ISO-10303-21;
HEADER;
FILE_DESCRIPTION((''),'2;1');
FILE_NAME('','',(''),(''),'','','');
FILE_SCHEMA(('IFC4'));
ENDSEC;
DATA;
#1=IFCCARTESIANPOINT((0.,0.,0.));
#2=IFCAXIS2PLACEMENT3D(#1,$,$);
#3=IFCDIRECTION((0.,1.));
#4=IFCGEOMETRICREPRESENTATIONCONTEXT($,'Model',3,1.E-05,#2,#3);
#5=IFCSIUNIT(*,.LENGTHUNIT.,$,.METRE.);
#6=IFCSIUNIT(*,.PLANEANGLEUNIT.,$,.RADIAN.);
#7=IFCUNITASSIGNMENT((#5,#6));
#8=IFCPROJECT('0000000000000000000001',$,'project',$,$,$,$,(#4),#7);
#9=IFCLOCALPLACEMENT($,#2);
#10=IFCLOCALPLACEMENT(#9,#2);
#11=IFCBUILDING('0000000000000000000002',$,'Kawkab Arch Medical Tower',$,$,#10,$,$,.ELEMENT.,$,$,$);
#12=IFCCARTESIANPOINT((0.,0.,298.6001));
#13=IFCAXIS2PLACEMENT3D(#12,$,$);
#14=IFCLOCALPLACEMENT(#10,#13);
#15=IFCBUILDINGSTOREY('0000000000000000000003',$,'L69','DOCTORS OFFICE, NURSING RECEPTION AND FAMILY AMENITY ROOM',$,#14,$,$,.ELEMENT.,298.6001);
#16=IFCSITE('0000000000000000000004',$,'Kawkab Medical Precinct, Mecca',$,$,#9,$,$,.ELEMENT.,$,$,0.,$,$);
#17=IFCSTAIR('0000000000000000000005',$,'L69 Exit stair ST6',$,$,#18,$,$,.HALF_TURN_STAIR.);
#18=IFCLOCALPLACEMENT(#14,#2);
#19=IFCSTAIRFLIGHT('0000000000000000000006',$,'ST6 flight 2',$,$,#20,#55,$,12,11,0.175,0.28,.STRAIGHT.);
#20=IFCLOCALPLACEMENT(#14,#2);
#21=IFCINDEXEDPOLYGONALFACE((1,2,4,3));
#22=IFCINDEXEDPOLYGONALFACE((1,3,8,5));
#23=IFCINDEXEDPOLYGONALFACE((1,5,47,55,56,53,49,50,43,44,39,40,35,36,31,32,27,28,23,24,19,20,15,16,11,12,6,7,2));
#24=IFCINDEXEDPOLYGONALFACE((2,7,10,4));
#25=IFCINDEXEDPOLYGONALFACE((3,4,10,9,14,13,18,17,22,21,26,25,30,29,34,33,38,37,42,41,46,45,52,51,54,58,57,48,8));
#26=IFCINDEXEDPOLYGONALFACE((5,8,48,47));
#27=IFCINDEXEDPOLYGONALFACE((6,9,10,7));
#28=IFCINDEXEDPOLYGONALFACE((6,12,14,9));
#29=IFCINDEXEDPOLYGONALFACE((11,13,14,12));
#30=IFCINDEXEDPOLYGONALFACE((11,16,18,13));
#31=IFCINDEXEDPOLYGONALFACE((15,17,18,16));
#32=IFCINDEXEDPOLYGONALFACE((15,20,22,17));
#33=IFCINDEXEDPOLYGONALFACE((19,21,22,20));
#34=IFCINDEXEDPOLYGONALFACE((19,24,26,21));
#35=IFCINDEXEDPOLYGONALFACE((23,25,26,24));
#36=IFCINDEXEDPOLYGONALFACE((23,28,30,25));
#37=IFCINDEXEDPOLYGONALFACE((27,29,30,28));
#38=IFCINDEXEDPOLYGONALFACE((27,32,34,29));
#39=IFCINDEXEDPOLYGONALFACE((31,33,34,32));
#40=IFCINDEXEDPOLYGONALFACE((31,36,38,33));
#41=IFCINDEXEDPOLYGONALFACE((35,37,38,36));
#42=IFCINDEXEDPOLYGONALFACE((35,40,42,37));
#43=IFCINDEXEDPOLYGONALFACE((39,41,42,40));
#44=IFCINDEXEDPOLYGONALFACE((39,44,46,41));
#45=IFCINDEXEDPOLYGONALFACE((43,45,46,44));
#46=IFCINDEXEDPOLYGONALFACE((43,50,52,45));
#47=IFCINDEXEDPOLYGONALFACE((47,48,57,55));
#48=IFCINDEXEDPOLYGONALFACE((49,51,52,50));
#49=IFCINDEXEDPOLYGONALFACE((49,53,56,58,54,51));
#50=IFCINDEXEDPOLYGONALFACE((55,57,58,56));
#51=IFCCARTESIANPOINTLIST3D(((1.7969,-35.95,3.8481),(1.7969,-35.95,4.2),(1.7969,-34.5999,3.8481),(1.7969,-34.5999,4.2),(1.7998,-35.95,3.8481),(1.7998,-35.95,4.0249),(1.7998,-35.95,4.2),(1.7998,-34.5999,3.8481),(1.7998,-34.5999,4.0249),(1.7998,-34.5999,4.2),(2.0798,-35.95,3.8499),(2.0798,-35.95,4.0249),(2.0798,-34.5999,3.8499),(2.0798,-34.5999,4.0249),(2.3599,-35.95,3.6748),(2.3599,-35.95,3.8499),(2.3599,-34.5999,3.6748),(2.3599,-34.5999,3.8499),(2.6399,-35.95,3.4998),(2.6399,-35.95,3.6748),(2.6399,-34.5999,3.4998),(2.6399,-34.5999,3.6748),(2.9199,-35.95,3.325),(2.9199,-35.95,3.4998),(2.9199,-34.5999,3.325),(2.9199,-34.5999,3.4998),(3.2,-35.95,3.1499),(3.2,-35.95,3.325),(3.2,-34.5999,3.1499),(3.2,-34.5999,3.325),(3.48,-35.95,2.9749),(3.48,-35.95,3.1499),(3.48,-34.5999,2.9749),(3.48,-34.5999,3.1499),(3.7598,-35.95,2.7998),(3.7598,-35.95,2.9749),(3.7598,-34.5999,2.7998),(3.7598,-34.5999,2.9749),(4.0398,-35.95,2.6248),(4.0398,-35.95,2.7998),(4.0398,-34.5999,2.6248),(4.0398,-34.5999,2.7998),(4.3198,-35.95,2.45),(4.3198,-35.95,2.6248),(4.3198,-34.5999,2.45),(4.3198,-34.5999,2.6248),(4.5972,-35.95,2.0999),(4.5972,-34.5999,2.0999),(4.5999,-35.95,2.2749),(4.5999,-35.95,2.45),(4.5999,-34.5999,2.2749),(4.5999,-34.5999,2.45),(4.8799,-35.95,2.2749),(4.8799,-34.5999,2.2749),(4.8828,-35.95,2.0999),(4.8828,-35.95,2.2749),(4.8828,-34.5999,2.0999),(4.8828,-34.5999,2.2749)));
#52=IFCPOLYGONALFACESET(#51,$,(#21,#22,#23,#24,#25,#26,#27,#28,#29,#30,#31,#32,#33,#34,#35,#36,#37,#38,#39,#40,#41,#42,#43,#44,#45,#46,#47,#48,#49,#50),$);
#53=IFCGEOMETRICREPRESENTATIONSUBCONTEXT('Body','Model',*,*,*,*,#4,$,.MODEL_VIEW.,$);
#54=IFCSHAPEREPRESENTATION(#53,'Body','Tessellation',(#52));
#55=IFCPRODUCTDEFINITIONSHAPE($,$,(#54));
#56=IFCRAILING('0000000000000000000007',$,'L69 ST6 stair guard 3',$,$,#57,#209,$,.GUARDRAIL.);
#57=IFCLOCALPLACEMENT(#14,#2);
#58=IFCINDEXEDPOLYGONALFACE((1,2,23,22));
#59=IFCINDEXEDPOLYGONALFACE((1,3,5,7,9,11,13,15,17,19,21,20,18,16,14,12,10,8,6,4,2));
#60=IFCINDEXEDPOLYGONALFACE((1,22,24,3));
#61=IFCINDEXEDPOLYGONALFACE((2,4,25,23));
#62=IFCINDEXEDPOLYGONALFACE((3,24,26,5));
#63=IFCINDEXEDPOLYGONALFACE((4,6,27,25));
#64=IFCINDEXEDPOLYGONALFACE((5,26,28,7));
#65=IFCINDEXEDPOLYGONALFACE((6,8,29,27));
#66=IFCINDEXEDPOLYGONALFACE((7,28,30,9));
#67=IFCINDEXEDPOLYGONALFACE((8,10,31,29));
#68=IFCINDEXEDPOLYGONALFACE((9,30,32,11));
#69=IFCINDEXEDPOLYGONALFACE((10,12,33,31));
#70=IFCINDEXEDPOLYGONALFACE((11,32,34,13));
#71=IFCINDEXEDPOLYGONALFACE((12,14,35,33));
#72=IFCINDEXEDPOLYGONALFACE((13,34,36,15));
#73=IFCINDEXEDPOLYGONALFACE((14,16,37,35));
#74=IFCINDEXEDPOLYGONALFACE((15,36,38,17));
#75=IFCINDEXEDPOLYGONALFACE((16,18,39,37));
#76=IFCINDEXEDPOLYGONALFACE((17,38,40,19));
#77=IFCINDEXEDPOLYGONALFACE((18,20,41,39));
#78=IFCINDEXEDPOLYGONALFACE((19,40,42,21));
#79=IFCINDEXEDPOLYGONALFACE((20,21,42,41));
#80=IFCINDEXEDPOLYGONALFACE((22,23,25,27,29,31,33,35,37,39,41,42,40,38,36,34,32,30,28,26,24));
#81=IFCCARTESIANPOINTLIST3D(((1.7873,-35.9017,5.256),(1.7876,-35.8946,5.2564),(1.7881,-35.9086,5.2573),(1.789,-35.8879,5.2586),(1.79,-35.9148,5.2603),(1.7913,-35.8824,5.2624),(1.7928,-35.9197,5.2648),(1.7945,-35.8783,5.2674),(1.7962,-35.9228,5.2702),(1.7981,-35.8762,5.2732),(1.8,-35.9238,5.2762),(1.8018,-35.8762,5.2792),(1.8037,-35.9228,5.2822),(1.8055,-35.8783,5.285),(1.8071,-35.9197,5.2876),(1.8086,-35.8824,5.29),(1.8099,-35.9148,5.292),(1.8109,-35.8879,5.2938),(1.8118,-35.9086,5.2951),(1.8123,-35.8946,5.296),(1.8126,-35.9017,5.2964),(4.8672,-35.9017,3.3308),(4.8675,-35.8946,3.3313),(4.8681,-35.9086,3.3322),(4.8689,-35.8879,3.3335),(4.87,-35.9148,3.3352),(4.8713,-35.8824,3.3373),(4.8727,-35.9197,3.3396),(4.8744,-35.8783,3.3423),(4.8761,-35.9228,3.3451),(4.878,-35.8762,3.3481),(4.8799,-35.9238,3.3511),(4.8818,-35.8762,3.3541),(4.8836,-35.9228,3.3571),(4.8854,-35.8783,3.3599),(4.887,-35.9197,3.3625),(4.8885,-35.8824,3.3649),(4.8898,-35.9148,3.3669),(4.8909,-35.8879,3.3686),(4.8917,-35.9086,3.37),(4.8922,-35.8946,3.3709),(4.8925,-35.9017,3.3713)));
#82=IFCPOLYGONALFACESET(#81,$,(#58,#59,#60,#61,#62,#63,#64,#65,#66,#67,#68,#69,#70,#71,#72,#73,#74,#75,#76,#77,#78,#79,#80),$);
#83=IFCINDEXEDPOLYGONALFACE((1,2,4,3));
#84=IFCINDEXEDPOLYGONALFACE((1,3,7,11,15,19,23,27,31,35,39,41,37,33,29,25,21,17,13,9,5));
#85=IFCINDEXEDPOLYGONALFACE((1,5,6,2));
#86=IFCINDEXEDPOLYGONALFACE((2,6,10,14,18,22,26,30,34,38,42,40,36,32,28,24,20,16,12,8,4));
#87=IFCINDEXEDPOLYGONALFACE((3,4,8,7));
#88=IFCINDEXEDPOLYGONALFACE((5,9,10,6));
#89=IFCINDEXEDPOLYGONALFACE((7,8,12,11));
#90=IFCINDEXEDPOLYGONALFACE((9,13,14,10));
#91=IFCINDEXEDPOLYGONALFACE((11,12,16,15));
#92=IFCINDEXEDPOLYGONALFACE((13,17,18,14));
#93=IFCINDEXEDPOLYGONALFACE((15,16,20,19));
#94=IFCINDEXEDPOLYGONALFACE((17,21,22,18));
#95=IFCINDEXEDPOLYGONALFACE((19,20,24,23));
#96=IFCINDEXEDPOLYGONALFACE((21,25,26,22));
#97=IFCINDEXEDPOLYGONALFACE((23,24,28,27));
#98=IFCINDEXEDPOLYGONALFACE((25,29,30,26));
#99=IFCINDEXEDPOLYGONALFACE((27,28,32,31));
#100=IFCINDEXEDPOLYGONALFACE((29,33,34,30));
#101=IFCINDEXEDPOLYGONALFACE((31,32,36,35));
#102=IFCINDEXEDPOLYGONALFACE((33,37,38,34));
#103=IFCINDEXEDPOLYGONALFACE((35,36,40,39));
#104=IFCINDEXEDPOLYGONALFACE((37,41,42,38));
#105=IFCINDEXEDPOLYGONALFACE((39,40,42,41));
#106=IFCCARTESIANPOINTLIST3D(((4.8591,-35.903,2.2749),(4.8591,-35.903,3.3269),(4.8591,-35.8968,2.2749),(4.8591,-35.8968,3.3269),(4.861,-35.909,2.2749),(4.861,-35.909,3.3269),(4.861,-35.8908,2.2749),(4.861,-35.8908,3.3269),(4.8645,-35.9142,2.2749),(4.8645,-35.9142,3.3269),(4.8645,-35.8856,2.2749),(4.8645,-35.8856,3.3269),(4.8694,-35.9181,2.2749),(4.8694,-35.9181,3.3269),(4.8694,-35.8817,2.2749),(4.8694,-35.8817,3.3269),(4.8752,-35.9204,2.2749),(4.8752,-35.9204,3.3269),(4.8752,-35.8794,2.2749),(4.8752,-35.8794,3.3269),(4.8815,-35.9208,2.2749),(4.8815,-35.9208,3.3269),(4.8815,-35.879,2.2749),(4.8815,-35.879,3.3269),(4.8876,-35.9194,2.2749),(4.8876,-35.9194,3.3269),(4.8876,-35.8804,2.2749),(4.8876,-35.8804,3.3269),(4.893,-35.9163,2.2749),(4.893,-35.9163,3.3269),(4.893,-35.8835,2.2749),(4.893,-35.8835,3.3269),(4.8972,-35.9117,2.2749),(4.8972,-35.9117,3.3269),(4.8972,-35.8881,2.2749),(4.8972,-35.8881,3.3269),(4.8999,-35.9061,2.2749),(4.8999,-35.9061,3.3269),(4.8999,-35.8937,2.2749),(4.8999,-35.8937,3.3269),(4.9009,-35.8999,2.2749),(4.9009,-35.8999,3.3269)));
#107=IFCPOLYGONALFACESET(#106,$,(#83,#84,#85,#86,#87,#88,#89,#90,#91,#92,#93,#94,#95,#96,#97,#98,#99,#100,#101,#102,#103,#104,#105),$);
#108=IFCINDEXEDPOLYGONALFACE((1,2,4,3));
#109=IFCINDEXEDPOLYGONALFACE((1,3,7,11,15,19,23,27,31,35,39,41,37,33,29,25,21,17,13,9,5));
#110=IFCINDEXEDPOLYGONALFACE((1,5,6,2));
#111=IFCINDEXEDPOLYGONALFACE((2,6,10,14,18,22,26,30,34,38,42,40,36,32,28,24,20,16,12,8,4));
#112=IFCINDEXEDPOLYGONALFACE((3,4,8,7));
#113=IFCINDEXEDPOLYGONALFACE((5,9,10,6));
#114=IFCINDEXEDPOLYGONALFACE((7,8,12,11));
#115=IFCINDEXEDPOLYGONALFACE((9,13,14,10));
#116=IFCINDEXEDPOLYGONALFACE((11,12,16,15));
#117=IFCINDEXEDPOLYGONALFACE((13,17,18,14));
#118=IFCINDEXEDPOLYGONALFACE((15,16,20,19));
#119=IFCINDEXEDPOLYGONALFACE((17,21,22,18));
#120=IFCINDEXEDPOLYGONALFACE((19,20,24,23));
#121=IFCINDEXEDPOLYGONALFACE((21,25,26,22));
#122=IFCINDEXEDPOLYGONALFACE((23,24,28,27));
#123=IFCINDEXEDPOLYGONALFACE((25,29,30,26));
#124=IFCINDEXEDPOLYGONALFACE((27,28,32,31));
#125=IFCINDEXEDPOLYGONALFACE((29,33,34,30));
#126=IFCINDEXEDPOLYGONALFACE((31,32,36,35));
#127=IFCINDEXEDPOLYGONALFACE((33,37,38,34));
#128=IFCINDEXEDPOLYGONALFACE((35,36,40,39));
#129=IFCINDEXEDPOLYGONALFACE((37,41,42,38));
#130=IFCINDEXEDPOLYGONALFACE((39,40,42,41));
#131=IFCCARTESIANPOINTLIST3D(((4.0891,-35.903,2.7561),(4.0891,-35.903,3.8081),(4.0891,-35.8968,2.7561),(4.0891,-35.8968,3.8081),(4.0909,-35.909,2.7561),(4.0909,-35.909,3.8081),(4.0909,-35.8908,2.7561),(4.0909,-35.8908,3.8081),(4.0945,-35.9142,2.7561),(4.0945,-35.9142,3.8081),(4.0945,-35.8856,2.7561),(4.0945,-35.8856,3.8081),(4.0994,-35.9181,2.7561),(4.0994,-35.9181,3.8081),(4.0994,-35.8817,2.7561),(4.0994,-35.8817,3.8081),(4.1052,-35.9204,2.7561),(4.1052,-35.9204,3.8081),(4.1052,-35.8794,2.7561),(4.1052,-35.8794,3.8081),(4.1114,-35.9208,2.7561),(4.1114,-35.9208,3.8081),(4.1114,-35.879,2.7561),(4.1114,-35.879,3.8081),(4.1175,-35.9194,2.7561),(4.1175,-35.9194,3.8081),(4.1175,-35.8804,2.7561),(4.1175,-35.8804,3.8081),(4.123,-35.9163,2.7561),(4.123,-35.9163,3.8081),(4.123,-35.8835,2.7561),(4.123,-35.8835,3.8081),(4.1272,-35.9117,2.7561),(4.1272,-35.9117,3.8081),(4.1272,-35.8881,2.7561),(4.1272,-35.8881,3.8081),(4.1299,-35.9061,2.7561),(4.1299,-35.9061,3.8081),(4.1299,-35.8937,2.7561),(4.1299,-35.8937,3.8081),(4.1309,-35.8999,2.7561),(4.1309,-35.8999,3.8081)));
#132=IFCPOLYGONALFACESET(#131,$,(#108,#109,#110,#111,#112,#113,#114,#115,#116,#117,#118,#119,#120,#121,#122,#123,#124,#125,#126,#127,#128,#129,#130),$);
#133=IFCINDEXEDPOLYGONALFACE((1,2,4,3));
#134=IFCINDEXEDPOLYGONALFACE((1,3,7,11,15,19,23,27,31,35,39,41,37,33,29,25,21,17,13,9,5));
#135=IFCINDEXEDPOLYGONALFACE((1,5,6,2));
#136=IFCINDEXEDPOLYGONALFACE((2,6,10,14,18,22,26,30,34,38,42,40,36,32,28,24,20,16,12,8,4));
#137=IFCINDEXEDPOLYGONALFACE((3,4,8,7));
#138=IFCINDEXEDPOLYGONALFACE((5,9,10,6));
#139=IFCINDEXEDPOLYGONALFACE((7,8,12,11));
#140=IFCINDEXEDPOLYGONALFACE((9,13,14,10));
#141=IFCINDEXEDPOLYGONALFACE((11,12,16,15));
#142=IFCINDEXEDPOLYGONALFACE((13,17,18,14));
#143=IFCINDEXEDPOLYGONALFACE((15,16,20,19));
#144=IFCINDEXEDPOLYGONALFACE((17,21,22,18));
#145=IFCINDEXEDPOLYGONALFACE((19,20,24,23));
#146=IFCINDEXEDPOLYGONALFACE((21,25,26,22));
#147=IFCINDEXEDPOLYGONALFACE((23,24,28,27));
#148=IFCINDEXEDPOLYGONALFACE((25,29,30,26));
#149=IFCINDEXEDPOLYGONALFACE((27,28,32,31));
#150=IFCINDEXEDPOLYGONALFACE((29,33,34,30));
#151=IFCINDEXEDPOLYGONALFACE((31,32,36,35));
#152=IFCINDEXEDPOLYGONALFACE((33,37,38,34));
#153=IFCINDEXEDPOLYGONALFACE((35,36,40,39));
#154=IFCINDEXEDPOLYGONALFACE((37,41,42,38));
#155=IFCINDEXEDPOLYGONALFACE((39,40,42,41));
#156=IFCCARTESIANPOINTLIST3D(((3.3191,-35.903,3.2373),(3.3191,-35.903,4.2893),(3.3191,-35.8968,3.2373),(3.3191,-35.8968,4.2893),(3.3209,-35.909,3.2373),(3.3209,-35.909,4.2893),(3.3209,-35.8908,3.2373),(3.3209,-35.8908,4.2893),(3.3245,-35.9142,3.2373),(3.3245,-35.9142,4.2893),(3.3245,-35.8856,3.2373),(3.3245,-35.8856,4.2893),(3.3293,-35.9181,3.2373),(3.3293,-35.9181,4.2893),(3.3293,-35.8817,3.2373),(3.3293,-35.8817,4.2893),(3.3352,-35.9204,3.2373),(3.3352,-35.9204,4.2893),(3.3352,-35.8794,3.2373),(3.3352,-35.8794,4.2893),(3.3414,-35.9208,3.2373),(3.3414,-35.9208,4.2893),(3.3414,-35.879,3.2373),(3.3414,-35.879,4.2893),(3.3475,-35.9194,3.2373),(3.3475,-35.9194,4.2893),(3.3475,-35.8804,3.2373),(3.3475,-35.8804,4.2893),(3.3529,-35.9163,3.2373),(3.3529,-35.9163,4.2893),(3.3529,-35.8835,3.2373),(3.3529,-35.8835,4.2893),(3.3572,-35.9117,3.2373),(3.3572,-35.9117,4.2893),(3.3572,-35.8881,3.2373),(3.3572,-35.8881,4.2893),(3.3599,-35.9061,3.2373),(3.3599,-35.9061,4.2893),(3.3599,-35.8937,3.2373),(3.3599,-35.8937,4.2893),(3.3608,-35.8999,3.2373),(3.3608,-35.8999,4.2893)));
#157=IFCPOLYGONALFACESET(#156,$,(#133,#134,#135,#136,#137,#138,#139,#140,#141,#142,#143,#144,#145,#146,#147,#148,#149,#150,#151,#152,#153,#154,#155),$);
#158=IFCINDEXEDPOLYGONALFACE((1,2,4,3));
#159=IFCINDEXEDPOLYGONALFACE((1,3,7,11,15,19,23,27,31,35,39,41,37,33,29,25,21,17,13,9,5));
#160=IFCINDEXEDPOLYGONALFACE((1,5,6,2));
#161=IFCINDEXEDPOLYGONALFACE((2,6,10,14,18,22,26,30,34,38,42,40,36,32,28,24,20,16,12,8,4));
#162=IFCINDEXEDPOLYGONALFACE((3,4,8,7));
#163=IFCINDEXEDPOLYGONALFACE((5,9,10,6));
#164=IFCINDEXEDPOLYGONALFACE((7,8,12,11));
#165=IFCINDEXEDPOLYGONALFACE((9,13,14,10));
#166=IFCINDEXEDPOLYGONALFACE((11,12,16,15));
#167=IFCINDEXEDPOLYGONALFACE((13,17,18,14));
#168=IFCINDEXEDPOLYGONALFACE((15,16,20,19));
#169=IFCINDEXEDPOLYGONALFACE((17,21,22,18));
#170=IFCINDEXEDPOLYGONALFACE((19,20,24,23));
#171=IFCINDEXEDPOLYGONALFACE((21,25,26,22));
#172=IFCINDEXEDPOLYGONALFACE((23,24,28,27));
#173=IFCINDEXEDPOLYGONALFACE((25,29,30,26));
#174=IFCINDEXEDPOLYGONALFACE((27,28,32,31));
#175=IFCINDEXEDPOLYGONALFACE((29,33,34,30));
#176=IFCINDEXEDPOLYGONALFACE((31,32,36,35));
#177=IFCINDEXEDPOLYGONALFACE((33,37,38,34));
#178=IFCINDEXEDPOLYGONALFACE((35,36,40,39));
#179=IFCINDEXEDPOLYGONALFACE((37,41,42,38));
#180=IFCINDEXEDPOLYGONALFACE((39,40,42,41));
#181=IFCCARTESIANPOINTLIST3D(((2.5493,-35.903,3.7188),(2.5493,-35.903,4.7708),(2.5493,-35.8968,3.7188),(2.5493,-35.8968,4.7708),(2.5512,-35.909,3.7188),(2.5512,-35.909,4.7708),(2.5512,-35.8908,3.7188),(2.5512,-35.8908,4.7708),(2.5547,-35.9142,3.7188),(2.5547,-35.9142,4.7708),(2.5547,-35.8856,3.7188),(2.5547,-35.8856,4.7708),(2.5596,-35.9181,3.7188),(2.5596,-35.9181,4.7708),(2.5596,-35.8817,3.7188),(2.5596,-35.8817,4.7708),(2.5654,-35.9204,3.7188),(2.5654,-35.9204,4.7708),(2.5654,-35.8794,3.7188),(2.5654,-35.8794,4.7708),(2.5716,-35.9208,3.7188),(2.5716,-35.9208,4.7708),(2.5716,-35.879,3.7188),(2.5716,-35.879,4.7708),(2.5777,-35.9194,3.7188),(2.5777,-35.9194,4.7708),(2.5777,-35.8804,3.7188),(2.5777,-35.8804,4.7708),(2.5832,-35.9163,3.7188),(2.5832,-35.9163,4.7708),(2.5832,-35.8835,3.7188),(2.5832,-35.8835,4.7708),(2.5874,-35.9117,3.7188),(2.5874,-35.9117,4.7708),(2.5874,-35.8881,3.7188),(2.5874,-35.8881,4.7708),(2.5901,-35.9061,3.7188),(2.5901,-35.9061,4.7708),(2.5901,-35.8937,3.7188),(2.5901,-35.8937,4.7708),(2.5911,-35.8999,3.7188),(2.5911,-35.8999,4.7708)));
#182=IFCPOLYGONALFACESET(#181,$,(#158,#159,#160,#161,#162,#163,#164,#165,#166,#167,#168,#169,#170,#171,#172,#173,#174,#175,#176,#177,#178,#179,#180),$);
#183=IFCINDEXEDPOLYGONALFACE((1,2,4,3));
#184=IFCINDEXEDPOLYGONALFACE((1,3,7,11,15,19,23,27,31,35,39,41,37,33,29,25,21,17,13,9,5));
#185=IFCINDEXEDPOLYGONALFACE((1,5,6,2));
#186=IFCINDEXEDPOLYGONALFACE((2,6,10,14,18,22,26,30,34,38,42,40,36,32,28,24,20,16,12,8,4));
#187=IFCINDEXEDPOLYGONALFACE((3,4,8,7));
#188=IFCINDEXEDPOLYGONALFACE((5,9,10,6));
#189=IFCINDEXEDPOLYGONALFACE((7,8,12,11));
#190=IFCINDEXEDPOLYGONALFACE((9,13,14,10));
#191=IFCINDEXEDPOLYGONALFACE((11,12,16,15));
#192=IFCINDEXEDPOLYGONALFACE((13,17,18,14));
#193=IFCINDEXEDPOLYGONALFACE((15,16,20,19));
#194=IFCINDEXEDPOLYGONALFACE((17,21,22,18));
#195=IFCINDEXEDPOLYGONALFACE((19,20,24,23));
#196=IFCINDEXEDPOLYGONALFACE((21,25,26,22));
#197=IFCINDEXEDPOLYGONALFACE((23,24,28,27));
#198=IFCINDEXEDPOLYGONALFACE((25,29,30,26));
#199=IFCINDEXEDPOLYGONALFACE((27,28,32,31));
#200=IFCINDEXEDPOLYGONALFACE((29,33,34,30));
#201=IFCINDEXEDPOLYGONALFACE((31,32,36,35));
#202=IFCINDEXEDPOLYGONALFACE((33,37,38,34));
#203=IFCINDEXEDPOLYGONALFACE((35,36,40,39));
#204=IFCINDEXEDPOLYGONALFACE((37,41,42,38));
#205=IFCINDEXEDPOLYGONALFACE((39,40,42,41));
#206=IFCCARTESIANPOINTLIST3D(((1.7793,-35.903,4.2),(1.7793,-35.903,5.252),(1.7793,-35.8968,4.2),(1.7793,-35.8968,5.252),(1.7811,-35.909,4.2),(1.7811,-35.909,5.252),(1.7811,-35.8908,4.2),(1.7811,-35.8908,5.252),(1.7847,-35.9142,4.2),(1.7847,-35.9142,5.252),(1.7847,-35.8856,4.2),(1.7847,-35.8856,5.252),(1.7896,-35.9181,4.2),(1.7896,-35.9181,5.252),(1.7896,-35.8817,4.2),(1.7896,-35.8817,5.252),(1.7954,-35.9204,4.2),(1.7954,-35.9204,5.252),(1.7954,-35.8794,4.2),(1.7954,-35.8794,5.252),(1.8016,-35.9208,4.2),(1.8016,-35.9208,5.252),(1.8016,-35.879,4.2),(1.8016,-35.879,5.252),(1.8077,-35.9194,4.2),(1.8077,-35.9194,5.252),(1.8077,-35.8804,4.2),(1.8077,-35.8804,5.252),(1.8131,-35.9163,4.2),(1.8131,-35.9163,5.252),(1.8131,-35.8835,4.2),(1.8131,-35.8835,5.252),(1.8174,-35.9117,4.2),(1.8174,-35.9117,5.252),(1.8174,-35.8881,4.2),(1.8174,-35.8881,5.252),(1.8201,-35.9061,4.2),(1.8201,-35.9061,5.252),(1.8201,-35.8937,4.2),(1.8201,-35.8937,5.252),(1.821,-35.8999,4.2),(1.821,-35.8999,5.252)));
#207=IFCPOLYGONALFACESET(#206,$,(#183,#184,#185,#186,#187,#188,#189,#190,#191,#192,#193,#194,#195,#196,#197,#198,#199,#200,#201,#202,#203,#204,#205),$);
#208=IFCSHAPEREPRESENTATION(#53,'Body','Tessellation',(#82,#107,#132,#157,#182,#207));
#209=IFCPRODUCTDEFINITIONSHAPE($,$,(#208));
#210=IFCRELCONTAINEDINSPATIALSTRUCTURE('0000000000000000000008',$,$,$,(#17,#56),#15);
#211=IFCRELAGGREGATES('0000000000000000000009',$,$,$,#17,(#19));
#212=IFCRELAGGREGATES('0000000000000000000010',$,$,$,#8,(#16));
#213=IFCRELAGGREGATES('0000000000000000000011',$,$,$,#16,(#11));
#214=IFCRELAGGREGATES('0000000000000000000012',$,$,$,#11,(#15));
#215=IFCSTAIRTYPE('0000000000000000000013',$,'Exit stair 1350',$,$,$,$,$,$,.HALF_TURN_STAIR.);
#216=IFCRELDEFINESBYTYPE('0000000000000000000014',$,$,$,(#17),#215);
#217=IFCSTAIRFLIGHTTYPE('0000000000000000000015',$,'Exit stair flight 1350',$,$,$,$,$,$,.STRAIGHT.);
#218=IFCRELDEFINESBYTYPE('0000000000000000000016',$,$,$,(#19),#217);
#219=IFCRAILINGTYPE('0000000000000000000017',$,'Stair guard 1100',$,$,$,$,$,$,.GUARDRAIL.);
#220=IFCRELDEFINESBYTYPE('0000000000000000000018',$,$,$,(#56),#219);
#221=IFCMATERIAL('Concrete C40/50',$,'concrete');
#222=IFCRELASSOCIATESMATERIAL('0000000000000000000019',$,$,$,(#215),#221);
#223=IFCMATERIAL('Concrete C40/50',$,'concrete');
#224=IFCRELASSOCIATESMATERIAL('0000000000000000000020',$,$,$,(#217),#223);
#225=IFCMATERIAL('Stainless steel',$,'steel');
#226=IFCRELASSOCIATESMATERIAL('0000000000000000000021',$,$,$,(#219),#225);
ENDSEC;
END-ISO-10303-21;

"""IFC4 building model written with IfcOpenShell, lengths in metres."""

from ifc_helpers import new_model, si_unit, direction, frame, origin, origin_2d, place, context, subcontext, project, spatial, polyline, circle, outline, extrude, material, type_object, element, aggregate, save


model = new_model("IFC4")

# Units and contexts
model_context = context("Model", 3, precision=1e-05, world=origin(), true_north=direction((0.0, 1.0)))
body_context = subcontext(model_context, "Body", "Model", "MODEL_VIEW")
ifc_project = project(units=[si_unit("LENGTHUNIT", "METRE"), si_unit("PLANEANGLEUNIT", "RADIAN")], contexts=[model_context])

# Site, building, storey
site_placement = place(None, origin())
site = spatial("IfcSite", under=ifc_project, at=site_placement, Name="Kawkab Medical Precinct, Mecca", CompositionType="ELEMENT", RefElevation=0.0)
building_placement = place(site_placement, origin())
building = spatial("IfcBuilding", under=site, at=building_placement, Name="Kawkab Arch Medical Tower", CompositionType="ELEMENT")
storey_placement = place(building_placement, frame((0.0, 0.0, 298.6001)))
storey = spatial("IfcBuildingStorey", under=building, at=storey_placement, Name="L69", Description="DOCTORS OFFICE, NURSING RECEPTION AND FAMILY AMENITY ROOM", CompositionType="ELEMENT", Elevation=298.6001)

# Stair, stair flight
ifc_material_1 = material(Name="Concrete C40/50", Category="concrete")
stair_type = type_object("IfcStairType", Name="Exit stair 1350", PredefinedType="HALF_TURN_STAIR", material=ifc_material_1)
stair_placement = place(storey_placement, origin())
stair = element("IfcStair", 1, at=stair_placement, inside=storey, type_object=stair_type, Name="L69 Exit stair ST6", PredefinedType="HALF_TURN_STAIR")
ifc_material_2 = material(Name="Concrete C40/50", Category="concrete")
stair_flight_type = type_object("IfcStairFlightType", Name="Exit stair flight 1350", PredefinedType="STRAIGHT", material=ifc_material_2)
stair_flight_placement = place(storey_placement, frame((4.8799, -35.2749, 2.0999), z_axis=(0.0, 0.0, 1.0), x_axis=(-1.0, 0.0, 0.0)))
stair_flight = element("IfcStairFlight", 2, at=stair_flight_placement, type_object=stair_flight_type, Name="ST6 flight 2", NumberOfRisers=12, NumberOfTreads=11, PredefinedType="STRAIGHT", RiserHeight=0.175, TreadLength=0.28, context=body_context, shape_type="SweptSolid", body=[
    extrude(outline(polyline([(-0.0029, 0.0), (-0.0029, 0.175), (0.0, 0.175), (0.28, 0.175), (0.28, 0.3501), (0.5601, 0.3501), (0.5601, 0.5249), (0.8401, 0.5249), (0.8401, 0.7), (1.1201, 0.7), (1.1201, 0.875), (1.3999, 0.875), (1.3999, 1.05), (1.6799, 1.05), (1.6799, 1.2251), (1.96, 1.2251), (1.96, 1.3999), (2.24, 1.3999), (2.24, 1.575), (2.52, 1.575), (2.52, 1.75), (2.8, 1.75), (2.8, 1.925), (3.0801, 1.925), (3.0801, 2.1001), (3.083, 2.1001), (3.083, 1.7483), (3.0801, 1.7483), (0.2827, 0.0), (-0.0029, 0.0)])), frame((0.0, 0.675, 0.0), z_axis=(0.0, -1.0, 0.0), x_axis=(1.0, 0.0, 0.0)), (0.0, 0.0, 1.0), 1.3501),
])
aggregate(stair, [stair_flight])

# Railing
ifc_material_3 = material(Name="Stainless steel", Category="steel")
railing_type = type_object("IfcRailingType", Name="Stair guard 1100", PredefinedType="GUARDRAIL", material=ifc_material_3)
railing_placement = place(storey_placement, frame((4.8799, -35.8999, 2.2749)))
element("IfcRailing", 3, at=railing_placement, inside=storey, type_object=railing_type, Name="L69 ST6 stair guard 3", PredefinedType="GUARDRAIL", context=body_context, shape_type="SweptSolid", body=[
    extrude(circle(Radius=0.0239, at=origin_2d()), frame((0.0, 0.0, 1.0762), z_axis=(-0.847979, 0.0, 0.530029), x_axis=(0.0, -1.0, 0.0)), (0.0, 0.0, 1.0), 3.6321),
    extrude(circle(Radius=0.021, at=origin_2d()), origin(), (0.0, 0.0, 1.0), 1.052),
    extrude(circle(Radius=0.021, at=origin_2d()), frame((-0.77, 0.0, 0.4812)), (0.0, 0.0, 1.0), 1.052),
    extrude(circle(Radius=0.021, at=origin_2d()), frame((-1.54, 0.0, 0.9624)), (0.0, 0.0, 1.0), 1.052),
    extrude(circle(Radius=0.021, at=origin_2d()), frame((-2.3098, 0.0, 1.4438)), (0.0, 0.0, 1.0), 1.052),
    extrude(circle(Radius=0.021, at=origin_2d()), frame((-3.0798, 0.0, 1.925)), (0.0, 0.0, 1.0), 1.052),
])

save(model, "model.ifc")
